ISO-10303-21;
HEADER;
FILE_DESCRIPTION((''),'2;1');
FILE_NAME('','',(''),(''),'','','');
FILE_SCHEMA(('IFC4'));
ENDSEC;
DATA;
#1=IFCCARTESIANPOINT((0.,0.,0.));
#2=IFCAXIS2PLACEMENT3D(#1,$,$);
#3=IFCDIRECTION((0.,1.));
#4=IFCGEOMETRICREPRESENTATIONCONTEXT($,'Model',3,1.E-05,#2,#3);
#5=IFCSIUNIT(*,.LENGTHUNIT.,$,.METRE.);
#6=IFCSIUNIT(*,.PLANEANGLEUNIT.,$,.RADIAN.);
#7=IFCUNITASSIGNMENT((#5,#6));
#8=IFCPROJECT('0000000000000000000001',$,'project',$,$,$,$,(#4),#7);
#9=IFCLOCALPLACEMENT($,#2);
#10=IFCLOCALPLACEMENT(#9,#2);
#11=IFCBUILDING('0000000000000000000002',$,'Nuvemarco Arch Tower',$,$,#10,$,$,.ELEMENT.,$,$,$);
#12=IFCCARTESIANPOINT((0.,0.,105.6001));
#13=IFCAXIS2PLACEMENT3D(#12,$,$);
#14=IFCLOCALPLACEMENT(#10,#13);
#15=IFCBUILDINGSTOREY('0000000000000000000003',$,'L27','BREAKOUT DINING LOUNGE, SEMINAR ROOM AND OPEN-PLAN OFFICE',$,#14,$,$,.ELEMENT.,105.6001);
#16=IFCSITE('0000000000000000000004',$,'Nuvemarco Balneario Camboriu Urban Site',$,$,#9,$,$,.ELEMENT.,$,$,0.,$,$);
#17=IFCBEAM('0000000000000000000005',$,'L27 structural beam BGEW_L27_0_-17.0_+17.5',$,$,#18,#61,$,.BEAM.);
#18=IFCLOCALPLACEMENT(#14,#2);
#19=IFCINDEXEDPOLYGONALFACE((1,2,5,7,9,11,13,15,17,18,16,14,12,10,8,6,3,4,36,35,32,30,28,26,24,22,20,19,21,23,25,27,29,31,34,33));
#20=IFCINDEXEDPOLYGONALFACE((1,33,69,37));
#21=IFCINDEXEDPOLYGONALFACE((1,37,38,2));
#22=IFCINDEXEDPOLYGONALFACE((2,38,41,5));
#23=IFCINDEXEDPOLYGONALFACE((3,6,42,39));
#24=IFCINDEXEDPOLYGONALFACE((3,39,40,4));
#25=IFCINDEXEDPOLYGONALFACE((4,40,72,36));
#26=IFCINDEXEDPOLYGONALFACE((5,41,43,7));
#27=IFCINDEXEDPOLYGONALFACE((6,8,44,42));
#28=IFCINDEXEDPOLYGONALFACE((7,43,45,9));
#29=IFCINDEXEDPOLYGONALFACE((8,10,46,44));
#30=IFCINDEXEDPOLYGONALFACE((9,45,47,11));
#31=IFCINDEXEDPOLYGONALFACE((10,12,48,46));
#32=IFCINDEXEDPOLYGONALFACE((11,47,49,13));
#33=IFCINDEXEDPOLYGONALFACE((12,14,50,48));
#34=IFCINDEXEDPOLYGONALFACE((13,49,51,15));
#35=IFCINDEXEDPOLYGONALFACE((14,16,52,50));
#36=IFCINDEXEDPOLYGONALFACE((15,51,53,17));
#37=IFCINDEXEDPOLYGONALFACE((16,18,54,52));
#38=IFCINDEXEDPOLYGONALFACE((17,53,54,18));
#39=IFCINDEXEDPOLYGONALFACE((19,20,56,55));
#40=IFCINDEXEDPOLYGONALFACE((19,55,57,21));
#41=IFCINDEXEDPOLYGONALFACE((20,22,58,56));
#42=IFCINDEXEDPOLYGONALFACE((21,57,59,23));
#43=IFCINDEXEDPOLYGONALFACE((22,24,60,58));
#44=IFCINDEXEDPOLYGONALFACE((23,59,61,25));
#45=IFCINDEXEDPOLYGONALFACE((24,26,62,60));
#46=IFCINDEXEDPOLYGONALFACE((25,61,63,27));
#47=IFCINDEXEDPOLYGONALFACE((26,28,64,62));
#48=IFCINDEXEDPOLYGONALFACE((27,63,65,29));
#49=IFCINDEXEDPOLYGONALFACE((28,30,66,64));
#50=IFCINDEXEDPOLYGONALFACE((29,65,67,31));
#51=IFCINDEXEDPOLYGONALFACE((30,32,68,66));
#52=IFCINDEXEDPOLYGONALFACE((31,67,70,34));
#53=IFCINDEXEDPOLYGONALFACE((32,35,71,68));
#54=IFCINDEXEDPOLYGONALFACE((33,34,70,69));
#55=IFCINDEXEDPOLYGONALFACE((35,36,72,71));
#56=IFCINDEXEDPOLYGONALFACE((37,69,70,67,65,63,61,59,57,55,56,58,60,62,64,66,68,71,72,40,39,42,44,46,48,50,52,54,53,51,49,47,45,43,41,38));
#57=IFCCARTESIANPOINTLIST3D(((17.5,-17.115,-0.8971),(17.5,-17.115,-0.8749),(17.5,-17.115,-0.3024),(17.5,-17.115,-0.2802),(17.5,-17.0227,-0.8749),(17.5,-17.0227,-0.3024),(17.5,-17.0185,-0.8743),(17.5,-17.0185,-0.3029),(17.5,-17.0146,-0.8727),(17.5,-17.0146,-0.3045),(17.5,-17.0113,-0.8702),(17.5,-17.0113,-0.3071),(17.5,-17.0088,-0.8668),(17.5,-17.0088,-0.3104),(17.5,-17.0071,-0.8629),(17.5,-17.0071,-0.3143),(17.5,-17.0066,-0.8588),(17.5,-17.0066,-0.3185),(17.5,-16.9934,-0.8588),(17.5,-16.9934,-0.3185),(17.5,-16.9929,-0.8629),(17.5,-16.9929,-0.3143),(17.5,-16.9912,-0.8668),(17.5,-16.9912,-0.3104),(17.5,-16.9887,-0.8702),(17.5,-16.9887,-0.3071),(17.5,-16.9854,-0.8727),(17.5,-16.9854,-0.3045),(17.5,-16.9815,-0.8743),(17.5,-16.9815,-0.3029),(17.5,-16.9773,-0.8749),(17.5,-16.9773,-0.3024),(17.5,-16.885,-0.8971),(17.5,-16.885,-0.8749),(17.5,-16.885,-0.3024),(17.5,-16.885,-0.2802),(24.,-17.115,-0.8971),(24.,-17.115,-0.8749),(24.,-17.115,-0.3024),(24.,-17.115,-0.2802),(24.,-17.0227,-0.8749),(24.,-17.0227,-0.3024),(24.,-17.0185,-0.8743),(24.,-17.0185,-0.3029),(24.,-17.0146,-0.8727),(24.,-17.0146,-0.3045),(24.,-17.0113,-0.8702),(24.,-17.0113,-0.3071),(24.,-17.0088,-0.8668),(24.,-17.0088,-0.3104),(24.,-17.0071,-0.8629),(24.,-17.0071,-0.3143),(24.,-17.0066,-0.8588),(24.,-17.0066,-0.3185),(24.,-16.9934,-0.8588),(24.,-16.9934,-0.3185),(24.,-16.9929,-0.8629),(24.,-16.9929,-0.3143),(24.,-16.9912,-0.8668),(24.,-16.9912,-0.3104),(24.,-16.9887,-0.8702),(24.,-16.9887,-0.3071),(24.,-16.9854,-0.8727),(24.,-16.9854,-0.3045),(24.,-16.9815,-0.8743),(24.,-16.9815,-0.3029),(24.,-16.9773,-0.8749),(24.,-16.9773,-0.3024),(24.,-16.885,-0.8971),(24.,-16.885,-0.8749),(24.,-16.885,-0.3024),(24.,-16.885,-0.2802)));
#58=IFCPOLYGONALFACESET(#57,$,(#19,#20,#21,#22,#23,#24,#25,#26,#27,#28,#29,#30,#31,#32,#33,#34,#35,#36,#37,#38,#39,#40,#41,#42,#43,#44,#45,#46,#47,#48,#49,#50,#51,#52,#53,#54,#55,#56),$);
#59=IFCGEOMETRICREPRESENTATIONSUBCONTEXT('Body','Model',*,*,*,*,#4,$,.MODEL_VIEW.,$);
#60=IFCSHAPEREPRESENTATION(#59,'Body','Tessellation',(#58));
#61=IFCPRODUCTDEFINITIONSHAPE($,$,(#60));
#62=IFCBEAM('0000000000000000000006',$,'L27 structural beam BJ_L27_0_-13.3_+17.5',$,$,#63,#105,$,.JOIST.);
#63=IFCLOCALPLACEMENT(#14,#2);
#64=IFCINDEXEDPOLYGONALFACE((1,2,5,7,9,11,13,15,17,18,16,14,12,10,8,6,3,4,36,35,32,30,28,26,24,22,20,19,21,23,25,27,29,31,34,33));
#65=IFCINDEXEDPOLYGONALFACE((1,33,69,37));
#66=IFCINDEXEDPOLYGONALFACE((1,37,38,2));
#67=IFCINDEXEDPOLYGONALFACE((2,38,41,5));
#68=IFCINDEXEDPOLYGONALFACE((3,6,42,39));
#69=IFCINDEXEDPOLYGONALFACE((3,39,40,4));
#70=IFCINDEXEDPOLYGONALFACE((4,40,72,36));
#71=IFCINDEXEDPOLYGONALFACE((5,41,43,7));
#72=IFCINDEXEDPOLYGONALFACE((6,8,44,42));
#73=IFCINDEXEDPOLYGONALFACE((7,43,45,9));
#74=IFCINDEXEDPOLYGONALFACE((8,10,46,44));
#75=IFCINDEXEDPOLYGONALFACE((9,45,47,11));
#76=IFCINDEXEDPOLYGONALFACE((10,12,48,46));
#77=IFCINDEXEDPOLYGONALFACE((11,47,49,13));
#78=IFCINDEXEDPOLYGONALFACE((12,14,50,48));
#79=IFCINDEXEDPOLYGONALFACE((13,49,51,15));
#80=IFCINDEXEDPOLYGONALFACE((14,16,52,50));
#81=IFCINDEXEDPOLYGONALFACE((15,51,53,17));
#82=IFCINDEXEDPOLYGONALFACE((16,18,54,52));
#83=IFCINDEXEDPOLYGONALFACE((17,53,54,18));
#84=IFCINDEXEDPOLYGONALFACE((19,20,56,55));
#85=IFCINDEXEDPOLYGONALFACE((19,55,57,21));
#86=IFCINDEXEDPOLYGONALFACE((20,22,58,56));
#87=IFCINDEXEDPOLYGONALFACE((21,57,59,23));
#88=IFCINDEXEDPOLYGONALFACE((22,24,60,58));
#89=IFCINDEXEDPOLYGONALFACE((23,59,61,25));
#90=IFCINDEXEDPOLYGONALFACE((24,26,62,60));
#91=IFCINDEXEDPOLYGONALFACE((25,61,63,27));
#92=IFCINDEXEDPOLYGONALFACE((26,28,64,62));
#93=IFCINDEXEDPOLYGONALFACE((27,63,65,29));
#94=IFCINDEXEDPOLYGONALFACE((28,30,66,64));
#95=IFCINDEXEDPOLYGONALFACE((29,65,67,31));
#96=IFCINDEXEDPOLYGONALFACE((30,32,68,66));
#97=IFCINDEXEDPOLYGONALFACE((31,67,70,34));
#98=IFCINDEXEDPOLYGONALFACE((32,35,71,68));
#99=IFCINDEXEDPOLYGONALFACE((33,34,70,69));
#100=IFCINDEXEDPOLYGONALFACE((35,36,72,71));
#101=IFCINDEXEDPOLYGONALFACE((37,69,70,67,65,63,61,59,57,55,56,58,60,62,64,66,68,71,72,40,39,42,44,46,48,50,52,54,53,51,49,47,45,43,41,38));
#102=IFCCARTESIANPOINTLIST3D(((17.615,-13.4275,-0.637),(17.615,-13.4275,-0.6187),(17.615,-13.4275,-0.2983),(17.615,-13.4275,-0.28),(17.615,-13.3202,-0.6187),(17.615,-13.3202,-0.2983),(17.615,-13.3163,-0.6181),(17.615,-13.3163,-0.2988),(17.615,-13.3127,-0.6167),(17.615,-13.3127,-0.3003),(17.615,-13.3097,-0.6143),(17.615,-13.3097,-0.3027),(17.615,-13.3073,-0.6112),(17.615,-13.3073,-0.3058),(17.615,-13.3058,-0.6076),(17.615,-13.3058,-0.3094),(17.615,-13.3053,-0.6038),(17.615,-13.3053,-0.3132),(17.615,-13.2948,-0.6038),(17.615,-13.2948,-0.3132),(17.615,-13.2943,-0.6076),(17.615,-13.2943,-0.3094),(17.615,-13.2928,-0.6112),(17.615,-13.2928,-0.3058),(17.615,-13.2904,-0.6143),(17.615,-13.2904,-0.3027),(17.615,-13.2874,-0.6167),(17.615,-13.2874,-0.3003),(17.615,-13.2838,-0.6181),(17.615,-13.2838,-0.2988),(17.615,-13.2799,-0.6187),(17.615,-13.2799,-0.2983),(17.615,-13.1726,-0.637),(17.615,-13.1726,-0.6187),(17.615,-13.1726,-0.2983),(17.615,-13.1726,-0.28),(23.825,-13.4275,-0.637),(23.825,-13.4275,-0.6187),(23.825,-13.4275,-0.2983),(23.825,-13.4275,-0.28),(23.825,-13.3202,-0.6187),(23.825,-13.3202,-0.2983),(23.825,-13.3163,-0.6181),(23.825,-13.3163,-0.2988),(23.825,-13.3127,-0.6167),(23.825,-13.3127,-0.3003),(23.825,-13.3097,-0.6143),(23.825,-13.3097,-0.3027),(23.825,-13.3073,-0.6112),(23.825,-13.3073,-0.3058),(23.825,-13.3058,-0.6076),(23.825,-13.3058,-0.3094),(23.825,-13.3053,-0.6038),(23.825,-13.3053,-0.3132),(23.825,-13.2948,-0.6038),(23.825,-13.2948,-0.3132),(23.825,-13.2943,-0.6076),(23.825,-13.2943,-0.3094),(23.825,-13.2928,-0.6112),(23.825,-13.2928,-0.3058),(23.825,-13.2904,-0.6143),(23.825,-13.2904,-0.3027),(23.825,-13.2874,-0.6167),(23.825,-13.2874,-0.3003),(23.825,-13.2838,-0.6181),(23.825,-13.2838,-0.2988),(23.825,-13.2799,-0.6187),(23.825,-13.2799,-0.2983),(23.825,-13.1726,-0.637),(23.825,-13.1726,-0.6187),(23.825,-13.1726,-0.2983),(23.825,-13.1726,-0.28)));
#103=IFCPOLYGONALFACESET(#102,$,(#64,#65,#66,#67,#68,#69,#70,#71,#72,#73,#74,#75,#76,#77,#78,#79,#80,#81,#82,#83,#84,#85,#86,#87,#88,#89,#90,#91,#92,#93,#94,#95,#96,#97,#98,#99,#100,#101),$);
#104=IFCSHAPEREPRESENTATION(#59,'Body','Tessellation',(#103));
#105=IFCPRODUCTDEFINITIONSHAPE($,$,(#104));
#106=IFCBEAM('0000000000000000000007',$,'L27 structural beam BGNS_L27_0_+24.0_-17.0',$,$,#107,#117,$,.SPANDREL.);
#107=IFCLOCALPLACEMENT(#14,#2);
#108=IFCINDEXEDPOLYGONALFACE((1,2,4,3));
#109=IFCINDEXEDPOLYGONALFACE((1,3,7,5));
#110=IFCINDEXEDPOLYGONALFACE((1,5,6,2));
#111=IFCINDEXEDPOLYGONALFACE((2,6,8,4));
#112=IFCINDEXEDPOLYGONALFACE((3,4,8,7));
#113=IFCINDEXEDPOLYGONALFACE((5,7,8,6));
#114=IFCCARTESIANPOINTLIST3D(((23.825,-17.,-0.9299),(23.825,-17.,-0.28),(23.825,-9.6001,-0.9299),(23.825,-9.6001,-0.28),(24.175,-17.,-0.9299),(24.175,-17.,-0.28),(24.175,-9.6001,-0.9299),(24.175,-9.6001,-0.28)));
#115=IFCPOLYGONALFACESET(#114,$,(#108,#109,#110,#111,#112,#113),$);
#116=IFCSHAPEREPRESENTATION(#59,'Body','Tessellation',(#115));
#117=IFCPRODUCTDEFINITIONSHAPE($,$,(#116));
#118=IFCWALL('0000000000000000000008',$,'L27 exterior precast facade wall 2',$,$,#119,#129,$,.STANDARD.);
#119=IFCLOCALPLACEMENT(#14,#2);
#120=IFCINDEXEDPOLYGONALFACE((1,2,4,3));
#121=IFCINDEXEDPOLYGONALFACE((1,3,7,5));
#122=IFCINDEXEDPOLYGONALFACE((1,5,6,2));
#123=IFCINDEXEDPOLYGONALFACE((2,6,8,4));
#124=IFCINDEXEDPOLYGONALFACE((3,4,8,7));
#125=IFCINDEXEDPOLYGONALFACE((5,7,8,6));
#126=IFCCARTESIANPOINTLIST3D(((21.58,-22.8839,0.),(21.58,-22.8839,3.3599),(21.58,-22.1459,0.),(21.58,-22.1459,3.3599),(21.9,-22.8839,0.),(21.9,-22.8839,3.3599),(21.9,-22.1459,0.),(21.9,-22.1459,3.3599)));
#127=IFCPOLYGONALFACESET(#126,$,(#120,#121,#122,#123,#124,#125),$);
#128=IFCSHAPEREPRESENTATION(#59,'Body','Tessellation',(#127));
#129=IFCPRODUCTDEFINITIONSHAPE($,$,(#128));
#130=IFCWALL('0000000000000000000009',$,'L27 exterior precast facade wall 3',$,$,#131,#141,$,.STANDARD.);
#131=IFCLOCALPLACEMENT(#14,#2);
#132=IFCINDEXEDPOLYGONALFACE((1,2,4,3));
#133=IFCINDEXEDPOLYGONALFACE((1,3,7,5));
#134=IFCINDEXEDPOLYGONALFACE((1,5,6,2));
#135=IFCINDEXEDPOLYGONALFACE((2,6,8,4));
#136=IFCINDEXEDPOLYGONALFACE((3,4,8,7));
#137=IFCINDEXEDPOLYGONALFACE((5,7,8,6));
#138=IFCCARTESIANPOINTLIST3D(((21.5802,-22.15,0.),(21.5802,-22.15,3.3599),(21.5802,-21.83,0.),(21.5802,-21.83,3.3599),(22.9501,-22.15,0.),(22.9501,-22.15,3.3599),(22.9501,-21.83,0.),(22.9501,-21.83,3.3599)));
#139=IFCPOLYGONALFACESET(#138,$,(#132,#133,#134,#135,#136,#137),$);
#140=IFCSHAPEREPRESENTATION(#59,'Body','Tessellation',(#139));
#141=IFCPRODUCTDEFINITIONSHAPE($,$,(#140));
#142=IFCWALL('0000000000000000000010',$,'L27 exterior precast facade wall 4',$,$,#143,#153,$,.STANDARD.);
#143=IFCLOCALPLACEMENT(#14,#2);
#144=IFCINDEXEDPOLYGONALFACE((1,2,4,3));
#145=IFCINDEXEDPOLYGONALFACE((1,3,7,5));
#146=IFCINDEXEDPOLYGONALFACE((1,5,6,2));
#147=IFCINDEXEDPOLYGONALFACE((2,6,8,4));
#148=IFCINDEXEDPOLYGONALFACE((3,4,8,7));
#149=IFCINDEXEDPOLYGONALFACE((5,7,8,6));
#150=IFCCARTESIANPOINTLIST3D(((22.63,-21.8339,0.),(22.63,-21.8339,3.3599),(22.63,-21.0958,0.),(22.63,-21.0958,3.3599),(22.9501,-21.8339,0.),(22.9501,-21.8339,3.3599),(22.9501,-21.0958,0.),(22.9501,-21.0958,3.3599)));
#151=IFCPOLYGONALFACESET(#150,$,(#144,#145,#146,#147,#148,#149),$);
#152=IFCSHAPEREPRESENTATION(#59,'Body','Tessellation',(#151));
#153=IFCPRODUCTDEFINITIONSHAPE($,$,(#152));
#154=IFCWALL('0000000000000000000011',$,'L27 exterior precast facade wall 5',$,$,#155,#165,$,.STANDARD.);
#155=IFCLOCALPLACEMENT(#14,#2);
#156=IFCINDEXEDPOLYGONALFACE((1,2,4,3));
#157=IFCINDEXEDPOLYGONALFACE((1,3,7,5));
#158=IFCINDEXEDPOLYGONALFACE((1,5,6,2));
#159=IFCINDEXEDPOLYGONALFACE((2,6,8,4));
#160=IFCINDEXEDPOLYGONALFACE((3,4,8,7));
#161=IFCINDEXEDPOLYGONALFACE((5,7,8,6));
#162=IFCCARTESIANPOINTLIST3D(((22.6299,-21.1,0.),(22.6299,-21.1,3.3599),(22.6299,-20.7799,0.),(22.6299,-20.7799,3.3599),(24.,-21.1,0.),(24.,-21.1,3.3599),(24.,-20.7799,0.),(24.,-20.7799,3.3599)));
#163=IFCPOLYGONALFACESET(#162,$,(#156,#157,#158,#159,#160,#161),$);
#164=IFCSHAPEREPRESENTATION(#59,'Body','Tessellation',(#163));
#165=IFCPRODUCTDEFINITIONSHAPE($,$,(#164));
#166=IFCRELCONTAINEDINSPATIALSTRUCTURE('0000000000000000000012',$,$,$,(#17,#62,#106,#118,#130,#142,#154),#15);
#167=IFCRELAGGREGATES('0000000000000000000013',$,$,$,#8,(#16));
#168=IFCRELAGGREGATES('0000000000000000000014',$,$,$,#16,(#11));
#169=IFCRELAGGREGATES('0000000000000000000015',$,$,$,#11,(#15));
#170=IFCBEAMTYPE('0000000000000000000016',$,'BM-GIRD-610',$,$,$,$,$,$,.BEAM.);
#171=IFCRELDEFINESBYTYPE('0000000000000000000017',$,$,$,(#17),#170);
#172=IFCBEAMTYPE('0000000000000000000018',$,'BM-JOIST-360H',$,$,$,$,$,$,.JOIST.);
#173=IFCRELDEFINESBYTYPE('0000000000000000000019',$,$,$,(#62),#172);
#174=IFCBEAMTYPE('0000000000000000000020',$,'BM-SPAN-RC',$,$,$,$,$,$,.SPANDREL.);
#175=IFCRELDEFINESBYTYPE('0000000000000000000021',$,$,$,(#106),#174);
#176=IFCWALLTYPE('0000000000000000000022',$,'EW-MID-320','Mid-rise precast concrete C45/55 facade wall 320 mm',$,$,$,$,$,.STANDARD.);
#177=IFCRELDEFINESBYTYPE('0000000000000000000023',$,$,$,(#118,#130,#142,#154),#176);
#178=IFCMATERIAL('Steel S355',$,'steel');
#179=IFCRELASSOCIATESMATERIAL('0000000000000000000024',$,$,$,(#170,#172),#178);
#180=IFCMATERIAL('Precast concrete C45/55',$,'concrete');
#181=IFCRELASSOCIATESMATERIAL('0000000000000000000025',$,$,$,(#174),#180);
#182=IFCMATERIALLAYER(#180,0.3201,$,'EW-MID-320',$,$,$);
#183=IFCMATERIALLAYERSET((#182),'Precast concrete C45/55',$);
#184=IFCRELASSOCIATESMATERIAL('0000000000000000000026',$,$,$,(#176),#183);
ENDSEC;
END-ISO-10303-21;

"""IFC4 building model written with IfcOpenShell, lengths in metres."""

from ifc_helpers import new_model, si_unit, direction, frame, frame_2d, origin, origin_2d, place, context, subcontext, project, spatial, rectangle, i_section, extrude, material, layer, layer_set, material_profile, profile_set, type_object, element, save


model = new_model("IFC4")

# Units and contexts
model_context = context("Model", 3, precision=1e-05, world=origin(), true_north=direction((0.0, 1.0)))
body_context = subcontext(model_context, "Body", "Model", "MODEL_VIEW")
ifc_project = project(units=[si_unit("LENGTHUNIT", "METRE"), si_unit("PLANEANGLEUNIT", "RADIAN")], contexts=[model_context])

# Site, building, storey
site_placement = place(None, origin())
site = spatial("IfcSite", under=ifc_project, at=site_placement, Name="Nuvemarco Balneario Camboriu Urban Site", CompositionType="ELEMENT", RefElevation=0.0)
building_placement = place(site_placement, origin())
building = spatial("IfcBuilding", under=site, at=building_placement, Name="Nuvemarco Arch Tower", CompositionType="ELEMENT")
storey_placement = place(building_placement, frame((0.0, 0.0, 105.6001)))
storey = spatial("IfcBuildingStorey", under=building, at=storey_placement, Name="L27", Description="BREAKOUT DINING LOUNGE, SEMINAR ROOM AND OPEN-PLAN OFFICE", CompositionType="ELEMENT", Elevation=105.6001)

# Shared definitions
ifc_material_1 = material(Name="Steel S355", Category="steel")

# Beams
ifc_material_profile_1 = material_profile(ifc_material_1, i_section(OverallWidth=0.23, OverallDepth=0.6169, WebThickness=0.0132, FlangeThickness=0.0222, FilletRadius=0.0161, at=origin_2d()), Name="W610x140")
ifc_profile_set_1 = profile_set([ifc_material_profile_1], Name="Steel S355")
beam_type_1 = type_object("IfcBeamType", Name="BM-GIRD-610", PredefinedType="BEAM", material=ifc_profile_set_1)
beam_1_placement = place(storey_placement, frame((17.5, -17.0, -0.5886), z_axis=(1.0, 0.0, 0.0), x_axis=(0.0, 1.0, 0.0)))
element("IfcBeam", 1, at=beam_1_placement, inside=storey, type_object=beam_type_1, Name="L27 structural beam BGEW_L27_0_-17.0_+17.5", PredefinedType="BEAM", context=body_context, shape_type="SweptSolid", body=[
    extrude(i_section(OverallWidth=0.23, OverallDepth=0.6169, WebThickness=0.0132, FlangeThickness=0.0222, FilletRadius=0.0161, at=origin_2d()), origin(), (0.0, 0.0, 1.0), 6.5),
])
ifc_material_profile_2 = material_profile(ifc_material_1, i_section(OverallWidth=0.2549, OverallDepth=0.3569, WebThickness=0.0105, FlangeThickness=0.0183, FilletRadius=0.0149, at=origin_2d()), Name="W360x101")
ifc_profile_set_2 = profile_set([ifc_material_profile_2], Name="Steel S355")
beam_type_2 = type_object("IfcBeamType", Name="BM-JOIST-360H", PredefinedType="JOIST", material=ifc_profile_set_2)
beam_2_placement = place(storey_placement, frame((17.615, -13.3, -0.4585), z_axis=(1.0, 0.0, 0.0), x_axis=(0.0, 1.0, 0.0)))
element("IfcBeam", 2, at=beam_2_placement, inside=storey, type_object=beam_type_2, Name="L27 structural beam BJ_L27_0_-13.3_+17.5", PredefinedType="JOIST", context=body_context, shape_type="SweptSolid", body=[
    extrude(i_section(OverallWidth=0.2549, OverallDepth=0.3569, WebThickness=0.0105, FlangeThickness=0.0183, FilletRadius=0.0149, at=origin_2d()), origin(), (0.0, 0.0, 1.0), 6.21),
])
ifc_material_2 = material(Name="Precast concrete C45/55", Category="concrete")
ifc_material_profile_3 = material_profile(ifc_material_2, rectangle(XDim=0.3501, YDim=0.6499, at=origin_2d()), Name="PC-SP-350x650")
ifc_profile_set_3 = profile_set([ifc_material_profile_3], Name="Precast concrete C45/55")
beam_type_3 = type_object("IfcBeamType", Name="BM-SPAN-RC", PredefinedType="SPANDREL", material=ifc_profile_set_3)
beam_3_placement = place(storey_placement, frame((24.0, -17.0, -0.605), z_axis=(0.0, 1.0, 0.0), x_axis=(-1.0, 0.0, 0.0)))
element("IfcBeam", 3, at=beam_3_placement, inside=storey, type_object=beam_type_3, Name="L27 structural beam BGNS_L27_0_+24.0_-17.0", PredefinedType="SPANDREL", context=body_context, shape_type="SweptSolid", body=[
    extrude(rectangle(XDim=0.3501, YDim=0.6499, at=origin_2d()), origin(), (0.0, 0.0, 1.0), 7.3999),
])

# Walls
ifc_layer_1 = layer(ifc_material_2, 0.3201, Name="EW-MID-320")
ifc_layer_set_1 = layer_set([ifc_layer_1], Name="Precast concrete C45/55")
wall_type_1 = type_object("IfcWallType", Name="EW-MID-320", Description="Mid-rise precast concrete C45/55 facade wall 320 mm", PredefinedType="STANDARD", material=ifc_layer_set_1)
wall_1_placement = place(storey_placement, frame((21.74, -22.884, 0.0), z_axis=(0.0, 0.0, 1.0), x_axis=(0.0, 1.0, 0.0)))
element("IfcWall", 4, at=wall_1_placement, inside=storey, type_object=wall_type_1, Name="L27 exterior precast facade wall 2", PredefinedType="STANDARD", context=body_context, shape_type="SweptSolid", body=[
    extrude(rectangle(XDim=0.738, YDim=0.3201, at=frame_2d((0.3691, 0.0))), origin(), (0.0, 0.0, 1.0), 3.3599),
])
wall_2_placement = place(storey_placement, frame((21.5801, -21.99, 0.0), z_axis=(0.0, 0.0, 1.0), x_axis=(1.0, 0.0, 0.0)))
element("IfcWall", 5, at=wall_2_placement, inside=storey, type_object=wall_type_1, Name="L27 exterior precast facade wall 3", PredefinedType="STANDARD", context=body_context, shape_type="SweptSolid", body=[
    extrude(rectangle(XDim=1.3699, YDim=0.3201, at=frame_2d((0.6851, 0.0))), origin(), (0.0, 0.0, 1.0), 3.3599),
])
wall_3_placement = place(storey_placement, frame((22.79, -21.834, 0.0), z_axis=(0.0, 0.0, 1.0), x_axis=(0.0, 1.0, 0.0)))
element("IfcWall", 6, at=wall_3_placement, inside=storey, type_object=wall_type_1, Name="L27 exterior precast facade wall 4", PredefinedType="STANDARD", context=body_context, shape_type="SweptSolid", body=[
    extrude(rectangle(XDim=0.738, YDim=0.3201, at=frame_2d((0.3691, 0.0))), origin(), (0.0, 0.0, 1.0), 3.3599),
])
wall_4_placement = place(storey_placement, frame((22.6299, -20.9399, 0.0), z_axis=(0.0, 0.0, 1.0), x_axis=(1.0, 0.0, 0.0)))
element("IfcWall", 7, at=wall_4_placement, inside=storey, type_object=wall_type_1, Name="L27 exterior precast facade wall 5", PredefinedType="STANDARD", context=body_context, shape_type="SweptSolid", body=[
    extrude(rectangle(XDim=1.3701, YDim=0.3201, at=frame_2d((0.6851, 0.0))), origin(), (0.0, 0.0, 1.0), 3.3599),
])

save(model, "model.ifc")
